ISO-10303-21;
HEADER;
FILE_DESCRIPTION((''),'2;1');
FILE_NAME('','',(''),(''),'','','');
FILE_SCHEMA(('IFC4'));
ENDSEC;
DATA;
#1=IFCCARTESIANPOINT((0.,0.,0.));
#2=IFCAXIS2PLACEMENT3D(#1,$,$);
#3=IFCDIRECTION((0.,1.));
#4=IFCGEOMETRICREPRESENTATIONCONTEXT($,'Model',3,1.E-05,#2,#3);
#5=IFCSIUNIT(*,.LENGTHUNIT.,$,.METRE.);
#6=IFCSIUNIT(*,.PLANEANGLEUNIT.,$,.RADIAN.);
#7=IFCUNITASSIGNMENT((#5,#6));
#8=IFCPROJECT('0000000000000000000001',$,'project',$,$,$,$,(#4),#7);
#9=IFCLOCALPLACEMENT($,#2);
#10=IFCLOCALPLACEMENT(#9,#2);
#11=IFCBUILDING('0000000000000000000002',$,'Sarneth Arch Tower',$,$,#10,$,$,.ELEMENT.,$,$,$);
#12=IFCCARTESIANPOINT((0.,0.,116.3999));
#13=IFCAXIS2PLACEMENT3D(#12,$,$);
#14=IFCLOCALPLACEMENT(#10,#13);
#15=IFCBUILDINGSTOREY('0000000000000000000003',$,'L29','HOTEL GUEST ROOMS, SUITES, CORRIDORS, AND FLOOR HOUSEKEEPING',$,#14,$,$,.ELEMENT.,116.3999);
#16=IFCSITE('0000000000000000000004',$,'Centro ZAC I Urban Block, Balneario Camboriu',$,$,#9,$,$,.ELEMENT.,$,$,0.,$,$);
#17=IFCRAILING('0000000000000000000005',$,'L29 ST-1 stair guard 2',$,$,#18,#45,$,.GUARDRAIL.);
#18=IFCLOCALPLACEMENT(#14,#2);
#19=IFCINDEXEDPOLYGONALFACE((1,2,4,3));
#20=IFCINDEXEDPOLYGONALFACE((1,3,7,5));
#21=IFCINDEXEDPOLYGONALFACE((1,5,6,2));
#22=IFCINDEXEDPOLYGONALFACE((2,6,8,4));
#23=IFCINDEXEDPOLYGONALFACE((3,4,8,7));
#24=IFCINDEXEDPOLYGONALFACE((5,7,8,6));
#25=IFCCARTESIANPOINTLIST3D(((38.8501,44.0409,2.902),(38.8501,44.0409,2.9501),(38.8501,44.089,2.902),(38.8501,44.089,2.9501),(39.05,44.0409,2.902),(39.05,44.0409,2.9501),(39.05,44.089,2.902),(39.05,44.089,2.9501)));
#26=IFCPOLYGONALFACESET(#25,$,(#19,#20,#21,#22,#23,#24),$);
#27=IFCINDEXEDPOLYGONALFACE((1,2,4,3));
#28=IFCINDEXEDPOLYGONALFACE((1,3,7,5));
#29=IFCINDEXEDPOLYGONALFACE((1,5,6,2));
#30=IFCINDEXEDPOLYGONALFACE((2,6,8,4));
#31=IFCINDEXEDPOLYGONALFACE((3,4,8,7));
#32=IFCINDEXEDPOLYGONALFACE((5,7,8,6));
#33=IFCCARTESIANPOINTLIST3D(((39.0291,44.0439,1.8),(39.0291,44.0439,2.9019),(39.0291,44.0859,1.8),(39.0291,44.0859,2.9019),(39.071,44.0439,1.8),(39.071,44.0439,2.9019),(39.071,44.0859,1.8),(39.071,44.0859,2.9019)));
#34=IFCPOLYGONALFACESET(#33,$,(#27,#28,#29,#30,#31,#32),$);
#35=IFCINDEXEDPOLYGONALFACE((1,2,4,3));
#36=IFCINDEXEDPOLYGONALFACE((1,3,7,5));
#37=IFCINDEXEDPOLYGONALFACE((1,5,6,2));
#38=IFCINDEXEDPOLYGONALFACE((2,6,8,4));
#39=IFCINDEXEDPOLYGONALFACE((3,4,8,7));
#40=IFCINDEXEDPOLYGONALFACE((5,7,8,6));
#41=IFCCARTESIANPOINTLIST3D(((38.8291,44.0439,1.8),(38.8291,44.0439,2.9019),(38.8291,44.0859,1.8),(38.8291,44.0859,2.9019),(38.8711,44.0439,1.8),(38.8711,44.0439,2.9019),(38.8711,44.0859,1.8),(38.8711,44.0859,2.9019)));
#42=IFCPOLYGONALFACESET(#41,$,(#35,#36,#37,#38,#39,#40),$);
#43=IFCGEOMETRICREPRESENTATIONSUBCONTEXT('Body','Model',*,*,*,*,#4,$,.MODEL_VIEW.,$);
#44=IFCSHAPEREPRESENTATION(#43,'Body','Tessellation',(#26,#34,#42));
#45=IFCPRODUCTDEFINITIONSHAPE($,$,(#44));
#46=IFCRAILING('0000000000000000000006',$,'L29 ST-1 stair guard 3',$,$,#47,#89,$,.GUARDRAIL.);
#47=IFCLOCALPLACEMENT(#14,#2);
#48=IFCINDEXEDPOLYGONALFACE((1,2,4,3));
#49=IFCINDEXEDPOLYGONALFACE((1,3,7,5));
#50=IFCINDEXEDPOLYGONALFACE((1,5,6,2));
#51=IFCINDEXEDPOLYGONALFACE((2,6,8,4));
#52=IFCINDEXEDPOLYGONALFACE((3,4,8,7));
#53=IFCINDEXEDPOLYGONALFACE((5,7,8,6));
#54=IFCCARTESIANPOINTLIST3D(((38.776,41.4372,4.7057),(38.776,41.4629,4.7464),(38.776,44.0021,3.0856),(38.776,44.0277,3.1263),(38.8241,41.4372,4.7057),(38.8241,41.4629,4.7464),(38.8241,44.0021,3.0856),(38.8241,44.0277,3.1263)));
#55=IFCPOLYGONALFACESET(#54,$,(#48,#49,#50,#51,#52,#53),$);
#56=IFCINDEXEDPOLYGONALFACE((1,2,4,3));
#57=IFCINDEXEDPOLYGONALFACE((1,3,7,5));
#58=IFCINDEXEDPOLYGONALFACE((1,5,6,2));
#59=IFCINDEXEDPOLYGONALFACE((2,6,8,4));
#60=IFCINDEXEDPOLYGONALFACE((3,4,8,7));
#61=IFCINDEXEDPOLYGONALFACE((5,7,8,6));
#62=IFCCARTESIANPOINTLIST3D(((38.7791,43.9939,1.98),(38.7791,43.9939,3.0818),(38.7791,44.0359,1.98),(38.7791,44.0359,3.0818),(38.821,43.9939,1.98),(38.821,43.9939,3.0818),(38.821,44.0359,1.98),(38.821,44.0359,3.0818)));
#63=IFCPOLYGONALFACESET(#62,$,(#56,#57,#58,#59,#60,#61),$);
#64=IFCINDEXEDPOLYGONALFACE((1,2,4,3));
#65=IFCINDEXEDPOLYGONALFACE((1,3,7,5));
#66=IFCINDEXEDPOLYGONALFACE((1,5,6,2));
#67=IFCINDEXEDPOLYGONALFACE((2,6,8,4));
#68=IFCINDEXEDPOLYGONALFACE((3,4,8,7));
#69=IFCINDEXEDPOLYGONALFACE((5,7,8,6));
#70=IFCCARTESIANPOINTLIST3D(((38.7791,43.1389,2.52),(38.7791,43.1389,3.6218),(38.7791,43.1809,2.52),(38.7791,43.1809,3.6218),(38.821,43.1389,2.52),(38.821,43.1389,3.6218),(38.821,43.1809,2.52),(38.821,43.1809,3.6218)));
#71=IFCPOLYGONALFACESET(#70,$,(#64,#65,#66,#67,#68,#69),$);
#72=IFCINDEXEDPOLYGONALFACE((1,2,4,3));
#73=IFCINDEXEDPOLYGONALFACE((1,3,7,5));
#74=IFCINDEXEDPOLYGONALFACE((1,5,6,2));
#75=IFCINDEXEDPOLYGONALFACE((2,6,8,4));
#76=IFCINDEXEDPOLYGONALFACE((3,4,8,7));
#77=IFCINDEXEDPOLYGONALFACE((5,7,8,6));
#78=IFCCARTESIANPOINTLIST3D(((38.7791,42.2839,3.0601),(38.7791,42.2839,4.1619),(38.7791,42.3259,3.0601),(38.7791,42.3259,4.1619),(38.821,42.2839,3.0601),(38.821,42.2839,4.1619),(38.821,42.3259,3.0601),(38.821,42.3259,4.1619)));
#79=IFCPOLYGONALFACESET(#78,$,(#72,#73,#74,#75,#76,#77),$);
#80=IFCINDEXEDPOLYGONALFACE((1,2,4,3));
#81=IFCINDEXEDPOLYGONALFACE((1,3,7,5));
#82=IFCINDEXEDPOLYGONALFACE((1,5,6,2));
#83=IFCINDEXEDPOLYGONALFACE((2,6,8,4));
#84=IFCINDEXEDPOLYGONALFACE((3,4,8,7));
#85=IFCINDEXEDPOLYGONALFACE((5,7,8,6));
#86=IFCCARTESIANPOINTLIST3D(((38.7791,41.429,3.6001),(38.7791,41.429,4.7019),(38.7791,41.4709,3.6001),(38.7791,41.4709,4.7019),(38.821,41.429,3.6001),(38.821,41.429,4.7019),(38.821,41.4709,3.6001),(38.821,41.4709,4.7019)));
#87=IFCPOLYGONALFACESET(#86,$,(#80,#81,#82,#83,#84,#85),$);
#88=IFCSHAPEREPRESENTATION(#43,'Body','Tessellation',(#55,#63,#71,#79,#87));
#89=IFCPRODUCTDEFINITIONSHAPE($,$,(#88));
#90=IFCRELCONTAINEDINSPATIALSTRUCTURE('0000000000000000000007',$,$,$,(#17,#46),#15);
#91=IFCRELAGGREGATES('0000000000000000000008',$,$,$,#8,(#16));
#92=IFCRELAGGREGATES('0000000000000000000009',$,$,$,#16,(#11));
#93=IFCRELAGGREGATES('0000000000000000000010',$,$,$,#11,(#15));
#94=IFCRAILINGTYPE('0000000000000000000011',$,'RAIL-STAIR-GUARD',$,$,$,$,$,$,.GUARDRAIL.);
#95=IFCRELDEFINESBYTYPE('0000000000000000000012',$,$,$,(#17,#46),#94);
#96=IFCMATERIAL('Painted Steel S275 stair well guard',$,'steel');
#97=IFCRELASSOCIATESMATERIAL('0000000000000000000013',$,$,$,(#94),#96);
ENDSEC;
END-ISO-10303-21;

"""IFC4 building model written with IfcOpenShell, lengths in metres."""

from ifc_helpers import new_model, si_unit, direction, frame, origin, origin_2d, place, context, subcontext, project, spatial, rectangle, extrude, material, type_object, element, save


model = new_model("IFC4")

# Units and contexts
model_context = context("Model", 3, precision=1e-05, world=origin(), true_north=direction((0.0, 1.0)))
body_context = subcontext(model_context, "Body", "Model", "MODEL_VIEW")
ifc_project = project(units=[si_unit("LENGTHUNIT", "METRE"), si_unit("PLANEANGLEUNIT", "RADIAN")], contexts=[model_context])

# Site, building, storey
site_placement = place(None, origin())
site = spatial("IfcSite", under=ifc_project, at=site_placement, Name="Centro ZAC I Urban Block, Balneario Camboriu", CompositionType="ELEMENT", RefElevation=0.0)
building_placement = place(site_placement, origin())
building = spatial("IfcBuilding", under=site, at=building_placement, Name="Sarneth Arch Tower", CompositionType="ELEMENT")
storey_placement = place(building_placement, frame((0.0, 0.0, 116.3999)))
storey = spatial("IfcBuildingStorey", under=building, at=storey_placement, Name="L29", Description="HOTEL GUEST ROOMS, SUITES, CORRIDORS, AND FLOOR HOUSEKEEPING", CompositionType="ELEMENT", Elevation=116.3999)

# Railings
ifc_material_1 = material(Name="Painted Steel S275 stair well guard", Category="steel")
railing_type_1 = type_object("IfcRailingType", Name="RAIL-STAIR-GUARD", PredefinedType="GUARDRAIL", material=ifc_material_1)
railing_1_placement = place(storey_placement, frame((39.05, 44.0649, 1.8)))
element("IfcRailing", 1, at=railing_1_placement, inside=storey, type_object=railing_type_1, Name="L29 ST-1 stair guard 2", PredefinedType="GUARDRAIL", context=body_context, shape_type="SweptSolid", body=[
    extrude(rectangle(XDim=0.0481, YDim=0.0481, at=origin_2d()), frame((0.0, 0.0, 1.126), z_axis=(-1.0, 0.0, 0.0), x_axis=(0.0, -1.0, 0.0)), (0.0, 0.0, 1.0), 0.2),
    extrude(rectangle(XDim=0.042, YDim=0.042, at=origin_2d()), origin(), (0.0, 0.0, 1.0), 1.1018),
    extrude(rectangle(XDim=0.042, YDim=0.042, at=origin_2d()), frame((-0.2, 0.0, 0.0)), (0.0, 0.0, 1.0), 1.1018),
])
railing_2_placement = place(storey_placement, frame((38.8, 44.0149, 1.98)))
element("IfcRailing", 2, at=railing_2_placement, inside=storey, type_object=railing_type_1, Name="L29 ST-1 stair guard 3", PredefinedType="GUARDRAIL", context=body_context, shape_type="SweptSolid", body=[
    extrude(rectangle(XDim=0.0481, YDim=0.0481, at=origin_2d()), frame((0.0, 0.0, 1.126), z_axis=(0.0, -0.845466, 0.534029), x_axis=(1.0, 0.0, 0.0)), (0.0, 0.0, 1.0), 3.0337),
    extrude(rectangle(XDim=0.042, YDim=0.042, at=origin_2d()), origin(), (0.0, 0.0, 1.0), 1.1018),
    extrude(rectangle(XDim=0.042, YDim=0.042, at=origin_2d()), frame((0.0, -0.855, 0.54)), (0.0, 0.0, 1.0), 1.1018),
    extrude(rectangle(XDim=0.042, YDim=0.042, at=origin_2d()), frame((0.0, -1.71, 1.0801)), (0.0, 0.0, 1.0), 1.1018),
    extrude(rectangle(XDim=0.042, YDim=0.042, at=origin_2d()), frame((0.0, -2.5649, 1.6201)), (0.0, 0.0, 1.0), 1.1018),
])

save(model, "model.ifc")
